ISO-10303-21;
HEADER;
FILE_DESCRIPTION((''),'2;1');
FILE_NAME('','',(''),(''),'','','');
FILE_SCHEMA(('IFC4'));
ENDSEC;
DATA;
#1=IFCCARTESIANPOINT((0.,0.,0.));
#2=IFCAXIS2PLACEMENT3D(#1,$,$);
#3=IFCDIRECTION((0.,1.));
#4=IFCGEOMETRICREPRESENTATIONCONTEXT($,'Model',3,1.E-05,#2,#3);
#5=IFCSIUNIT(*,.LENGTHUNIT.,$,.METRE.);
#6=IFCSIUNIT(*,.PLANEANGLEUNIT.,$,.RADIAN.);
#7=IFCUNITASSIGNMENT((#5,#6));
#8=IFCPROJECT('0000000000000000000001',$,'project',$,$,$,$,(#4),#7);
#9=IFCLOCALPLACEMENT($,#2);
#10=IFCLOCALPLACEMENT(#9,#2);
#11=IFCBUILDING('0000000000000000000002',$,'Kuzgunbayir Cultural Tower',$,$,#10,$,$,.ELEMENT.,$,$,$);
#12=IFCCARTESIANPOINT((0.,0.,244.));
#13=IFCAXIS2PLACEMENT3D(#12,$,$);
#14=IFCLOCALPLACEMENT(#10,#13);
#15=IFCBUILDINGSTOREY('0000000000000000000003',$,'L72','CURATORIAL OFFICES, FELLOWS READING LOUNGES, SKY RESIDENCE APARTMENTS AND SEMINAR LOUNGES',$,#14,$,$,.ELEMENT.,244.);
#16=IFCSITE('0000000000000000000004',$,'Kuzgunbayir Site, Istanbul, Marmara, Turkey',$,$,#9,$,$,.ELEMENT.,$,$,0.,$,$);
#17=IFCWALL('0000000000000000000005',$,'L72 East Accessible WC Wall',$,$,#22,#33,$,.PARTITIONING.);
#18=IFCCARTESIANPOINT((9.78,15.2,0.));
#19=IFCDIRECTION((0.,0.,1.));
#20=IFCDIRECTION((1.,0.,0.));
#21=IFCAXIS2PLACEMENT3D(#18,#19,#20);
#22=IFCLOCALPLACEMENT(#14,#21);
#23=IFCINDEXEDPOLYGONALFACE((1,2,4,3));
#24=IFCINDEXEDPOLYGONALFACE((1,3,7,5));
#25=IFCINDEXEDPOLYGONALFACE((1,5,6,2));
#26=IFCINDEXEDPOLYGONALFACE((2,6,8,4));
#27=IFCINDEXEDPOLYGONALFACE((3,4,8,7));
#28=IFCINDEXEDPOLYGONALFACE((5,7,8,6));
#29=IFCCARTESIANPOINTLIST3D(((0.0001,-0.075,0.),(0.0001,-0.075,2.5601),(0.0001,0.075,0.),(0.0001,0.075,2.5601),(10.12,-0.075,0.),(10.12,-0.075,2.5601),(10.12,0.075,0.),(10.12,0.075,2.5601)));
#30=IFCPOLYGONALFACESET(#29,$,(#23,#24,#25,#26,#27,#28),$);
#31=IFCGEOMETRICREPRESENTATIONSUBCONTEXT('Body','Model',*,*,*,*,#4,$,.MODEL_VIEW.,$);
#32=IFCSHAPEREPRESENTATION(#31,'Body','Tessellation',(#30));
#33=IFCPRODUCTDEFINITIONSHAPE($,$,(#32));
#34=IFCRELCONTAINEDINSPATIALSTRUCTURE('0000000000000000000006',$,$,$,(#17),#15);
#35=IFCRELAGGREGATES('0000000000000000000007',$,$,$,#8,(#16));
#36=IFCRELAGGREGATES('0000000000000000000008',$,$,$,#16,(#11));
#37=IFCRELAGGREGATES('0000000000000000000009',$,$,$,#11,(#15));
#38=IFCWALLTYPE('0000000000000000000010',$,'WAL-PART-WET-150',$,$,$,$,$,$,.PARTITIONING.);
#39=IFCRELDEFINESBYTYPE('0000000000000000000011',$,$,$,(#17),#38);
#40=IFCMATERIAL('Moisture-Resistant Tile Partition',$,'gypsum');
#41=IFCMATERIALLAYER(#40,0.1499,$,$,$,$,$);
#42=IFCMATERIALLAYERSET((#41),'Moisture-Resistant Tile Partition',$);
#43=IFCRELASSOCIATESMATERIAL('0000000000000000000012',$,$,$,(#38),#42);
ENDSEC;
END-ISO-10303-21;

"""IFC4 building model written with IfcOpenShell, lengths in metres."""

from ifc_helpers import new_model, si_unit, direction, frame, frame_2d, origin, place, context, subcontext, project, spatial, rectangle, extrude, material, layer, layer_set, type_object, element, save


model = new_model("IFC4")

# Units and contexts
model_context = context("Model", 3, precision=1e-05, world=origin(), true_north=direction((0.0, 1.0)))
body_context = subcontext(model_context, "Body", "Model", "MODEL_VIEW")
ifc_project = project(units=[si_unit("LENGTHUNIT", "METRE"), si_unit("PLANEANGLEUNIT", "RADIAN")], contexts=[model_context])

# Site, building, storey
site_placement = place(None, origin())
site = spatial("IfcSite", under=ifc_project, at=site_placement, Name="Kuzgunbayir Site, Istanbul, Marmara, Turkey", CompositionType="ELEMENT", RefElevation=0.0)
building_placement = place(site_placement, origin())
building = spatial("IfcBuilding", under=site, at=building_placement, Name="Kuzgunbayir Cultural Tower", CompositionType="ELEMENT")
storey_placement = place(building_placement, frame((0.0, 0.0, 244.0)))
storey = spatial("IfcBuildingStorey", under=building, at=storey_placement, Name="L72", Description="CURATORIAL OFFICES, FELLOWS READING LOUNGES, SKY RESIDENCE APARTMENTS AND SEMINAR LOUNGES", CompositionType="ELEMENT", Elevation=244.0)

# Shared definitions
ifc_material_1 = material(Name="Moisture-Resistant Tile Partition", Category="gypsum")
ifc_layer_1 = layer(ifc_material_1, 0.1499)
ifc_layer_set_1 = layer_set([ifc_layer_1], Name="Moisture-Resistant Tile Partition")
wall_type_1 = type_object("IfcWallType", Name="WAL-PART-WET-150", PredefinedType="PARTITIONING", material=ifc_layer_set_1)

# Wall
wall_1_placement = place(storey_placement, frame((9.78, 15.2, 0.0), z_axis=(0.0, 0.0, 1.0), x_axis=(1.0, 0.0, 0.0)))
element("IfcWall", 1, at=wall_1_placement, inside=storey, type_object=wall_type_1, Name="L72 East Accessible WC Wall", PredefinedType="PARTITIONING", context=body_context, shape_type="SweptSolid", body=[
    extrude(rectangle(XDim=10.1199, YDim=0.1499, at=frame_2d((5.0601, 0.0))), origin(), (0.0, 0.0, 1.0), 2.5601),
])

save(model, "model.ifc")
